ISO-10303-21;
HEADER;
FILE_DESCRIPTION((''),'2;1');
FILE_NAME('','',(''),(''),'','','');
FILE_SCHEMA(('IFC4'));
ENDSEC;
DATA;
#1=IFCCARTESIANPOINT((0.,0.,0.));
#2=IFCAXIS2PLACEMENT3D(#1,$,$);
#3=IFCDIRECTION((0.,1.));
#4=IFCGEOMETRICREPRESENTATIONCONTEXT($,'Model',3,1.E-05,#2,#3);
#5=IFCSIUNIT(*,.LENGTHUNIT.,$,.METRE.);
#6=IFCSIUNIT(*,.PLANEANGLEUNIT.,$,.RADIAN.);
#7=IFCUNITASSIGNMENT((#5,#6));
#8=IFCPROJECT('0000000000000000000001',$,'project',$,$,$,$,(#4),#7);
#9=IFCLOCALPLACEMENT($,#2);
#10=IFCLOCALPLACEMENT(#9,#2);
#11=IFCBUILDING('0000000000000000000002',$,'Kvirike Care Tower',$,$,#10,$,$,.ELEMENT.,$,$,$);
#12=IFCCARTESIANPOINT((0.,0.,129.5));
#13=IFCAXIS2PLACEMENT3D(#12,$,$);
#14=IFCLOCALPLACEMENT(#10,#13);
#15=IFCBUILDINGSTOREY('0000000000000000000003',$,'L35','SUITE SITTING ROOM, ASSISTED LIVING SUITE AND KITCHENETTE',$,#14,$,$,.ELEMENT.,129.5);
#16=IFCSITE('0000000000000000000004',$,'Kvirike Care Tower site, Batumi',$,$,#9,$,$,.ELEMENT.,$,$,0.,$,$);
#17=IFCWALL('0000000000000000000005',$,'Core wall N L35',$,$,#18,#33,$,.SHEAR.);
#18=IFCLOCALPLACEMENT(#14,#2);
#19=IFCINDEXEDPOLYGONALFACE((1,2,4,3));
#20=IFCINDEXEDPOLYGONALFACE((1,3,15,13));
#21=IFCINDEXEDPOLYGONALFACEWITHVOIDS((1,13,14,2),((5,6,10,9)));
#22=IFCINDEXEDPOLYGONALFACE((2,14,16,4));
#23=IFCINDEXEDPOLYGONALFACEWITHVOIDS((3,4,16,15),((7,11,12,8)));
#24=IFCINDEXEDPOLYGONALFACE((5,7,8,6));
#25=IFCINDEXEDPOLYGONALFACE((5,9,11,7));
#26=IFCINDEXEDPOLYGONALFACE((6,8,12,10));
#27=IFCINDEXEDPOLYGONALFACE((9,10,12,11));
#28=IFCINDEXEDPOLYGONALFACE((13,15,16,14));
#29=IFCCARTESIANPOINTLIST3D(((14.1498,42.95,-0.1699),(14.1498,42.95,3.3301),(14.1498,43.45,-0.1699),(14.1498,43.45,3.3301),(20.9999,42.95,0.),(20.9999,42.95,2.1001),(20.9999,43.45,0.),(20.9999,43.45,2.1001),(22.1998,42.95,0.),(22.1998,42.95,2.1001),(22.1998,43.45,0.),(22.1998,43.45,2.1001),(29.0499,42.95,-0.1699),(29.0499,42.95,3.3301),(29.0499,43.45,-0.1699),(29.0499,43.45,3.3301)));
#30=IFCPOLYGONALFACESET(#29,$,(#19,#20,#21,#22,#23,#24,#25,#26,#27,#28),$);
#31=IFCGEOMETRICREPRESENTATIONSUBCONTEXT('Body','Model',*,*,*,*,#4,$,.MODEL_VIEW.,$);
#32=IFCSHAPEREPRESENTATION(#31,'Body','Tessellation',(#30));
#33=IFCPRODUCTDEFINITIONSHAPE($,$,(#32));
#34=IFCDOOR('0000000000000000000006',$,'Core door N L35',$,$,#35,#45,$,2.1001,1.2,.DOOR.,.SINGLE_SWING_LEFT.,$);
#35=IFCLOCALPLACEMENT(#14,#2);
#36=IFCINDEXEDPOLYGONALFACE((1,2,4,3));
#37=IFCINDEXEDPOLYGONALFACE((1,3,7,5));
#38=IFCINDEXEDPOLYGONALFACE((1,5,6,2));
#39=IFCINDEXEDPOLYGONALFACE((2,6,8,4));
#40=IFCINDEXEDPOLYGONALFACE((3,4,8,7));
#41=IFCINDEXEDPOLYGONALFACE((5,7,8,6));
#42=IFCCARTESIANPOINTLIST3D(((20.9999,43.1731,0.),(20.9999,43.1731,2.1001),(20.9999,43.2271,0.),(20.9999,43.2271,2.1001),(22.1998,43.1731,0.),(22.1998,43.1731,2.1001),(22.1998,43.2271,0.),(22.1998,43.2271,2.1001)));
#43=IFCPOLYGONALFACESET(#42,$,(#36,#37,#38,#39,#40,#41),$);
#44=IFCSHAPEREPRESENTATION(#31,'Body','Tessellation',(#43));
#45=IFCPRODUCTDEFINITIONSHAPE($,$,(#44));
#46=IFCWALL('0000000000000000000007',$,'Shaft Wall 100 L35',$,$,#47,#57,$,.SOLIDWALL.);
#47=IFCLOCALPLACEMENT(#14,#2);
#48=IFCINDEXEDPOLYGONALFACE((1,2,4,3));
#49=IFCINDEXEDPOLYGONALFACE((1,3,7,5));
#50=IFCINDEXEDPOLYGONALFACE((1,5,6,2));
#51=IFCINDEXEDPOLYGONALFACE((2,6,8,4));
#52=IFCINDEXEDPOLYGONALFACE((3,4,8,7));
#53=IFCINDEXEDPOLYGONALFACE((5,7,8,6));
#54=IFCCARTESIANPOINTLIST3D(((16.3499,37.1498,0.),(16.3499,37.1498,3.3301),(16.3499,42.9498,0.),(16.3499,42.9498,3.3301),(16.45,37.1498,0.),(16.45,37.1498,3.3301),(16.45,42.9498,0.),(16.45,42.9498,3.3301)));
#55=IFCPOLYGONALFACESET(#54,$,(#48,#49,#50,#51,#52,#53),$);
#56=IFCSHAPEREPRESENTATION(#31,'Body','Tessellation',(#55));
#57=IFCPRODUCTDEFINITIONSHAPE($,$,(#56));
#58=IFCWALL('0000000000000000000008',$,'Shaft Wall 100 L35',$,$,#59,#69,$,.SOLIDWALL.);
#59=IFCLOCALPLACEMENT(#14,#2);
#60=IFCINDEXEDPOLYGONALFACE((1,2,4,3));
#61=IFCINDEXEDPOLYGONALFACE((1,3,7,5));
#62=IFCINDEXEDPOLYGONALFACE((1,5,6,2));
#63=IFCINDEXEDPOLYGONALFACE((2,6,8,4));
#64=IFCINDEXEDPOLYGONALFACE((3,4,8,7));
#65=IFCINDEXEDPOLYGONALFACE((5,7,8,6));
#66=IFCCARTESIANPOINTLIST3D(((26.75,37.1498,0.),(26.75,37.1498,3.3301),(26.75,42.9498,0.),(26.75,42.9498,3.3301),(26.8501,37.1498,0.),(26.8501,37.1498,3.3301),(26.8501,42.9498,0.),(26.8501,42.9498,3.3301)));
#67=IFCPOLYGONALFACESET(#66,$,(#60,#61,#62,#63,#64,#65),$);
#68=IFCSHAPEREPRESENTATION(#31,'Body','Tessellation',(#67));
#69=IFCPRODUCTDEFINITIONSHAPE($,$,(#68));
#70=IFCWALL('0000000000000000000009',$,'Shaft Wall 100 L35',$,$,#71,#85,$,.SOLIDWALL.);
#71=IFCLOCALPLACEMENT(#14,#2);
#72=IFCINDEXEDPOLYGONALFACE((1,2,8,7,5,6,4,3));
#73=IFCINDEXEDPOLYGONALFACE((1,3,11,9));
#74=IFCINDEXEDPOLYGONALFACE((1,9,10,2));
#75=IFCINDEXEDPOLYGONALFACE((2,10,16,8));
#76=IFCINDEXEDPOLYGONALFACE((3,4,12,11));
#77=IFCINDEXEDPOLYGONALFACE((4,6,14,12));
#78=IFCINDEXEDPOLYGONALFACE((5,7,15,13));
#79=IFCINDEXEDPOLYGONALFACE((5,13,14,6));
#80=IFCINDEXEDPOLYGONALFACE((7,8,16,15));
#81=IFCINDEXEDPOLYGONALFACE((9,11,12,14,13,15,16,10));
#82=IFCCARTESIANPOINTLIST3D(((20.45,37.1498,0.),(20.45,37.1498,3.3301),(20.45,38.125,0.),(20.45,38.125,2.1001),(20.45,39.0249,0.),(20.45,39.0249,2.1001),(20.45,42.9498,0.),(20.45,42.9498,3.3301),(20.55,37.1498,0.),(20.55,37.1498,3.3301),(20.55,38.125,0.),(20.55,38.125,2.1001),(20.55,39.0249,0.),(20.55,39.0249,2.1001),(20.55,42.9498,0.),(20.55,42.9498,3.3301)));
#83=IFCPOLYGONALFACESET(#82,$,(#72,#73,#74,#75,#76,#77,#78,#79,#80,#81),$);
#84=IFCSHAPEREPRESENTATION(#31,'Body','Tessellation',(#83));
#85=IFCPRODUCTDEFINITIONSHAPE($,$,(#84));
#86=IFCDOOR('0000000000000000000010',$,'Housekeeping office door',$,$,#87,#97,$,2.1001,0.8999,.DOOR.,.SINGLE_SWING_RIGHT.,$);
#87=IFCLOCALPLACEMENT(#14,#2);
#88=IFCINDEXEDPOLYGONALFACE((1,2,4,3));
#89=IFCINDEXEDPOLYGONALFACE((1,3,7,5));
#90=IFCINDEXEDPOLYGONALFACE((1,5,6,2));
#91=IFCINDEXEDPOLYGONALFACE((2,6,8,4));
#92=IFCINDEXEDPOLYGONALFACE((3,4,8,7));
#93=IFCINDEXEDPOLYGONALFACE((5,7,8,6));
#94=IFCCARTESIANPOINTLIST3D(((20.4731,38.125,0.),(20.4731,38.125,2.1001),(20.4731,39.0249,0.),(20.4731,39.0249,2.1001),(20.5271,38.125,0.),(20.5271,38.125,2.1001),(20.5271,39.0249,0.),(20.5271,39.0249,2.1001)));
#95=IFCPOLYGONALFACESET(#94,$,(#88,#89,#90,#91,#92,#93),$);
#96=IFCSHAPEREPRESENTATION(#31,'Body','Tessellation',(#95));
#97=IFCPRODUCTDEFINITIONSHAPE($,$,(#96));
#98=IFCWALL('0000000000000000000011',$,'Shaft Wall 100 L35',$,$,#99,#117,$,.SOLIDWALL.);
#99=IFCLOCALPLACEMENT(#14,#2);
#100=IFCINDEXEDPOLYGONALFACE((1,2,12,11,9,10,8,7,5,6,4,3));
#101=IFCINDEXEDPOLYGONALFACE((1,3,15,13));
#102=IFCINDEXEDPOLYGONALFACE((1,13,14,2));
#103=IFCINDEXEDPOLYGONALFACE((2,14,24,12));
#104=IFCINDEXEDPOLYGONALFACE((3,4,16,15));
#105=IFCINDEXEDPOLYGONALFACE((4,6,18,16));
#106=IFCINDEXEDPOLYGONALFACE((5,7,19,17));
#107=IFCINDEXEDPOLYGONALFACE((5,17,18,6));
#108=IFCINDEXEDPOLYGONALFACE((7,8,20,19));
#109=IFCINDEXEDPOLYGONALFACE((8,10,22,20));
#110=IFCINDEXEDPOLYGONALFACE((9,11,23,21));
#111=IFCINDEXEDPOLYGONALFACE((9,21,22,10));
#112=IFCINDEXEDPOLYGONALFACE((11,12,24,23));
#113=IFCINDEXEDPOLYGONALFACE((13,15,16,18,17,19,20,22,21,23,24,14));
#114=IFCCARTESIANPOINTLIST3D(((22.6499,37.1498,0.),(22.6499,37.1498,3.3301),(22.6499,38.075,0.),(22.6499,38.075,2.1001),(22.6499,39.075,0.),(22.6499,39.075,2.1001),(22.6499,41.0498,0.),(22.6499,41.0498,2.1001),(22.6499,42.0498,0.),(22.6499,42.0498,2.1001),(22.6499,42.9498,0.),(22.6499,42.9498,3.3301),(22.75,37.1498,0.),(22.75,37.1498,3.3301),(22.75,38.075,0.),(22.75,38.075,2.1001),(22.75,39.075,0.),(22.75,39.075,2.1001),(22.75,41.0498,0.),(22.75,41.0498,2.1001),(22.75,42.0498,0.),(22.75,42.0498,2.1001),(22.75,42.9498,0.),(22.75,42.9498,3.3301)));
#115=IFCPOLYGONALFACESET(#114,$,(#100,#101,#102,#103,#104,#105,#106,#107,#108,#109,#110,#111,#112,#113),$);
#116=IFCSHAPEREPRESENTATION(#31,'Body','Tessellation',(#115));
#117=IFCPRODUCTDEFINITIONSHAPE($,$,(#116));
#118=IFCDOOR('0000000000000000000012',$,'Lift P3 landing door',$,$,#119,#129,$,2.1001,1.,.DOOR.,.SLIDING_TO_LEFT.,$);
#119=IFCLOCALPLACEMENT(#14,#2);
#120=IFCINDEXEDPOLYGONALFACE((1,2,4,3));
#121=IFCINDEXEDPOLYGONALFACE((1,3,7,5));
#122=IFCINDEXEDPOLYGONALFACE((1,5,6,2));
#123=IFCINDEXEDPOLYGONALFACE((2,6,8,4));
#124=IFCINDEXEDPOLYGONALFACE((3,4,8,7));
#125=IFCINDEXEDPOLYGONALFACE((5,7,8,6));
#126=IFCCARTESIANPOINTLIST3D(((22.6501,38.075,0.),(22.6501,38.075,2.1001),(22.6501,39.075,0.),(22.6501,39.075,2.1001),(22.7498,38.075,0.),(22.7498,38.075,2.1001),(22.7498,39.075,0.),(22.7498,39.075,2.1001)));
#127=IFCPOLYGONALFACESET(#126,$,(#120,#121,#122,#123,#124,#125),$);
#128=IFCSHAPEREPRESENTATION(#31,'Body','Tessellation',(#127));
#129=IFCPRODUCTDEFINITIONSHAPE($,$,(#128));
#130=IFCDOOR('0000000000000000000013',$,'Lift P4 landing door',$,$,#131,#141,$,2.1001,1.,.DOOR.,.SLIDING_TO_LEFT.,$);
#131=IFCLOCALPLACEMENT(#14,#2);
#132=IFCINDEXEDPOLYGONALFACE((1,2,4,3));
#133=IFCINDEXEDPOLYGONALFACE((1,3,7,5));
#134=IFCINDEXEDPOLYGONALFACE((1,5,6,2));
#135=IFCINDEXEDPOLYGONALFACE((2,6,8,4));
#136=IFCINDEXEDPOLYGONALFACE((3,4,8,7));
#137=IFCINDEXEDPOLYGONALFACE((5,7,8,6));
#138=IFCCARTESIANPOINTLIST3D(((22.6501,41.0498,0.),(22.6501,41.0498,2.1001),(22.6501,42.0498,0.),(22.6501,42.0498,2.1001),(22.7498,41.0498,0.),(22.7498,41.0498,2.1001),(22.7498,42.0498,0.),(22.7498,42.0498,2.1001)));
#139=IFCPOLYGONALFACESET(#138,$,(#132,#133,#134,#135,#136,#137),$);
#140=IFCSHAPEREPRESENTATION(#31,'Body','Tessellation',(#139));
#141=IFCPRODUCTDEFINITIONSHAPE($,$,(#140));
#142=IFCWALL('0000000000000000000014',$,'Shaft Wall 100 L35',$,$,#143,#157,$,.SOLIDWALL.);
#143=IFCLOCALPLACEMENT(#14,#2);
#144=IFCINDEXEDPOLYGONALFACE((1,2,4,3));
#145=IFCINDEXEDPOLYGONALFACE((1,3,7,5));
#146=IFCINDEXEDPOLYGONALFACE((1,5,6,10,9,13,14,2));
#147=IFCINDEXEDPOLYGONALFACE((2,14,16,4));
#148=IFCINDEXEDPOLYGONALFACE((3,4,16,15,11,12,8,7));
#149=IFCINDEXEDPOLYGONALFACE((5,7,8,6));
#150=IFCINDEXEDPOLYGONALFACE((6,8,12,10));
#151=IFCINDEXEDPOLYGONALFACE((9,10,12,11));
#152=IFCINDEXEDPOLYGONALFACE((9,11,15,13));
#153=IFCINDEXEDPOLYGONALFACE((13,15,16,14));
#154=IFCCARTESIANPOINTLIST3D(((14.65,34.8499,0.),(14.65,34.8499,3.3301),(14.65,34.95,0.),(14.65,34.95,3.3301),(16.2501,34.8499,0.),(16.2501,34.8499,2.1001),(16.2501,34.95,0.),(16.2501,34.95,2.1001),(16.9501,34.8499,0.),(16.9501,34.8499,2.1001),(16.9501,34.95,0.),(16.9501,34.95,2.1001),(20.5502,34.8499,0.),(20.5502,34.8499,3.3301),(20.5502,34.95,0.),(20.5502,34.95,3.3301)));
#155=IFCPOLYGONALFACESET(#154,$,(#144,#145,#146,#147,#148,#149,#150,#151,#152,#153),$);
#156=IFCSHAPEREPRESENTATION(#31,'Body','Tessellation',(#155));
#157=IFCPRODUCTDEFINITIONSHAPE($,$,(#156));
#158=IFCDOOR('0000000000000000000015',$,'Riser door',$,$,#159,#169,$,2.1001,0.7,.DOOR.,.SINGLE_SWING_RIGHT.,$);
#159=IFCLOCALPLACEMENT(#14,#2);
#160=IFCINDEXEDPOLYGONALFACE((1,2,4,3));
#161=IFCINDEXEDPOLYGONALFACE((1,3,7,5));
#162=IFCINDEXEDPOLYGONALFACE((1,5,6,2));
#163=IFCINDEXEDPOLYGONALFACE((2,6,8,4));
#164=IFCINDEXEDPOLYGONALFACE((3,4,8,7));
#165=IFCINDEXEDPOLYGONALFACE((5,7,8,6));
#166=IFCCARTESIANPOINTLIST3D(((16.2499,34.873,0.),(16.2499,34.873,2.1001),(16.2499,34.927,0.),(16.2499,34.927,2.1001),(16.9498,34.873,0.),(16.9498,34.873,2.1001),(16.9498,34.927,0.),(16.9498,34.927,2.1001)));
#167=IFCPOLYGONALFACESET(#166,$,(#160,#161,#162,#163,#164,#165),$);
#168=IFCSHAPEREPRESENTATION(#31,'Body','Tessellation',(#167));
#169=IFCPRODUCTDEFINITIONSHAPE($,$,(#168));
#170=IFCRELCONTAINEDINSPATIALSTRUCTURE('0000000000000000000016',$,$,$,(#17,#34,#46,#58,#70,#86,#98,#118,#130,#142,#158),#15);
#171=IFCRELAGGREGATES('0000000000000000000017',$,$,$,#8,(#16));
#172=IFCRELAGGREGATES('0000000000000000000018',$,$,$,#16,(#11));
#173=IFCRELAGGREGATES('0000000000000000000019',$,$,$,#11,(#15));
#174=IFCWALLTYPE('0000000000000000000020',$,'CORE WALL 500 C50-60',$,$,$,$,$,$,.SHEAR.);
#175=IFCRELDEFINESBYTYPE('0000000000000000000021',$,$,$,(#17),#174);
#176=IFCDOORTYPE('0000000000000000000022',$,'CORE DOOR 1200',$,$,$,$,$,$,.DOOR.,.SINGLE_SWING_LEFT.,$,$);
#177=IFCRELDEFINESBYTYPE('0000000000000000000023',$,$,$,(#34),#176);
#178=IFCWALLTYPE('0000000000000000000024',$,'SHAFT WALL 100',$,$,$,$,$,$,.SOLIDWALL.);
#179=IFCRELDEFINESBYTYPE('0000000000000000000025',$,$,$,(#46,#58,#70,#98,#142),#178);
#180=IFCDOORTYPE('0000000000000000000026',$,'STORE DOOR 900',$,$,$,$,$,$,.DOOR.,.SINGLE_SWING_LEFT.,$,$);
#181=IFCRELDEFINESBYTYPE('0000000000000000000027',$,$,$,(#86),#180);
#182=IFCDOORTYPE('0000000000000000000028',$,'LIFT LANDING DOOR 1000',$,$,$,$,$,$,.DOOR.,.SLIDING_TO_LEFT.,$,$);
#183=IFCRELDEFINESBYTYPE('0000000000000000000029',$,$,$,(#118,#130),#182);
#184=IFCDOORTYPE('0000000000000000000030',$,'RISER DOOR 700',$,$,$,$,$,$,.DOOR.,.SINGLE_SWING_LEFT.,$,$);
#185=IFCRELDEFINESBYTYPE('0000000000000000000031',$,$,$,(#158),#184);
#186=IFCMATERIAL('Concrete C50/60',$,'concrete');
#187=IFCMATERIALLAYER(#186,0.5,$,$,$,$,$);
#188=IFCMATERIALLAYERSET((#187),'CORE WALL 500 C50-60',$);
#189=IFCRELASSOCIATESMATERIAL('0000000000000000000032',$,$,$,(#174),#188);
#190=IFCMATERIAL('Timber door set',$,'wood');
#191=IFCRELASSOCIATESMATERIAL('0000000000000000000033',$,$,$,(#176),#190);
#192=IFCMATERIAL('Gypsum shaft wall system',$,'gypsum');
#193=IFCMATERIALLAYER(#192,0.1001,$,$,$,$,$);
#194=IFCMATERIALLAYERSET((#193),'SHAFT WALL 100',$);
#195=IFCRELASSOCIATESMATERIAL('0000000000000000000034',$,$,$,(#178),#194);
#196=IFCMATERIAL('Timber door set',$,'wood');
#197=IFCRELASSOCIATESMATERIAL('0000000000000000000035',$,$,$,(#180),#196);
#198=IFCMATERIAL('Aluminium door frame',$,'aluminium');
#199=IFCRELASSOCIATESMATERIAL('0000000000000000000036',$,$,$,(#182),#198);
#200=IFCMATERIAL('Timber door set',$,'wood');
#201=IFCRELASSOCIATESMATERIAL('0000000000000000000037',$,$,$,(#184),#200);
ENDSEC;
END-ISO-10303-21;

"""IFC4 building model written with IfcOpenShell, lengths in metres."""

from ifc_helpers import new_model, si_unit, direction, frame, frame_2d, origin, place, context, subcontext, project, spatial, rectangle, extrude, material, layer, layer_set, type_object, element, fill, save


model = new_model("IFC4")

# Units and contexts
model_context = context("Model", 3, precision=1e-05, world=origin(), true_north=direction((0.0, 1.0)))
body_context = subcontext(model_context, "Body", "Model", "MODEL_VIEW")
ifc_project = project(units=[si_unit("LENGTHUNIT", "METRE"), si_unit("PLANEANGLEUNIT", "RADIAN")], contexts=[model_context])

# Site, building, storey
site_placement = place(None, origin())
site = spatial("IfcSite", under=ifc_project, at=site_placement, Name="Kvirike Care Tower site, Batumi", CompositionType="ELEMENT", RefElevation=0.0)
building_placement = place(site_placement, origin())
building = spatial("IfcBuilding", under=site, at=building_placement, Name="Kvirike Care Tower", CompositionType="ELEMENT")
storey_placement = place(building_placement, frame((0.0, 0.0, 129.5)))
storey = spatial("IfcBuildingStorey", under=building, at=storey_placement, Name="L35", Description="SUITE SITTING ROOM, ASSISTED LIVING SUITE AND KITCHENETTE", CompositionType="ELEMENT", Elevation=129.5)

# Wall, opening, door
ifc_material_1 = material(Name="Concrete C50/60", Category="concrete")
ifc_layer_1 = layer(ifc_material_1, 0.5)
ifc_layer_set_1 = layer_set([ifc_layer_1], Name="CORE WALL 500 C50-60")
wall_type_1 = type_object("IfcWallType", Name="CORE WALL 500 C50-60", PredefinedType="SHEAR", material=ifc_layer_set_1)
wall_1_placement = place(storey_placement, frame((29.05, 43.2, -0.1699), z_axis=(0.0, 0.0, 1.0), x_axis=(-1.0, 0.0, 0.0)))
wall_1 = element("IfcWall", 1, at=wall_1_placement, inside=storey, type_object=wall_type_1, Name="Core wall N L35", PredefinedType="SHEAR", context=body_context, shape_type="SweptSolid", body=[
    extrude(rectangle(XDim=14.9001, YDim=0.5, at=frame_2d((7.4502, 0.0))), origin(), (0.0, 0.0, 1.0), 3.5),
])
opening_1_placement = place(wall_1_placement, frame((6.8501, 0.0, 0.1699)))
opening_1 = element("IfcOpeningElement", 2, at=opening_1_placement, cuts=wall_1, PredefinedType="OPENING", context=body_context, shape_type="SweptSolid", body=[
    extrude(rectangle(XDim=1.2, YDim=2.1001, at=frame_2d((0.6001, 1.05))), frame((0.0, 0.2605, 0.0), z_axis=(0.0, -1.0, 0.0), x_axis=(1.0, 0.0, 0.0)), (0.0, 0.0, 1.0), 0.521),
])
ifc_material_2 = material(Name="Timber door set", Category="wood")
door_type_1 = type_object("IfcDoorType", Name="CORE DOOR 1200", OperationType="SINGLE_SWING_LEFT", PredefinedType="DOOR", material=ifc_material_2)
door_1_placement = place(opening_1_placement, origin())
door_1 = element("IfcDoor", 3, at=door_1_placement, inside=storey, type_object=door_type_1, Name="Core door N L35", OperationType="SINGLE_SWING_LEFT", OverallHeight=2.1001, OverallWidth=1.2, PredefinedType="DOOR", context=body_context, shape_type="SweptSolid", body=[
    extrude(rectangle(XDim=1.2, YDim=2.1001, at=frame_2d((0.6001, 1.05))), frame((0.0, 0.0269, 0.0), z_axis=(0.0, -1.0, 0.0), x_axis=(1.0, 0.0, 0.0)), (0.0, 0.0, 1.0), 0.054),
])
fill(opening_1, door_1)

# Walls
ifc_material_3 = material(Name="Gypsum shaft wall system", Category="gypsum")
ifc_layer_2 = layer(ifc_material_3, 0.1001)
ifc_layer_set_2 = layer_set([ifc_layer_2], Name="SHAFT WALL 100")
wall_type_2 = type_object("IfcWallType", Name="SHAFT WALL 100", PredefinedType="SOLIDWALL", material=ifc_layer_set_2)
for number, where, z_axis, x_axis, name in (
    (4, (16.3999, 37.1499, 0.0), (0.0, 0.0, 1.0), (0.0, 1.0, 0.0), "Shaft Wall 100 L35"),
    (5, (26.8, 37.1499, 0.0), (0.0, 0.0, 1.0), (0.0, 1.0, 0.0), "Shaft Wall 100 L35"),
):
    element("IfcWall", number, at=place(storey_placement, frame(where, z_axis=z_axis, x_axis=x_axis)), inside=storey, type_object=wall_type_2, Name=name, PredefinedType="SOLIDWALL", context=body_context, shape_type="SweptSolid", body=[
        extrude(rectangle(XDim=5.8, YDim=0.1001, at=frame_2d((2.8999, 0.0))), origin(), (0.0, 0.0, 1.0), 3.3301),
    ])

# Wall, opening, door
wall_2_placement = place(storey_placement, frame((20.5, 37.1499, 0.0), z_axis=(0.0, 0.0, 1.0), x_axis=(0.0, 1.0, 0.0)))
wall_2 = element("IfcWall", 6, at=wall_2_placement, inside=storey, type_object=wall_type_2, Name="Shaft Wall 100 L35", PredefinedType="SOLIDWALL", context=body_context, shape_type="SweptSolid", body=[
    extrude(rectangle(XDim=5.8, YDim=0.1001, at=frame_2d((2.8999, 0.0))), origin(), (0.0, 0.0, 1.0), 3.3301),
])
opening_2_placement = place(wall_2_placement, frame((0.9751, 0.0, 0.0)))
opening_2 = element("IfcOpeningElement", 7, at=opening_2_placement, cuts=wall_2, PredefinedType="OPENING", context=body_context, shape_type="SweptSolid", body=[
    extrude(rectangle(XDim=0.8999, YDim=2.1001, at=frame_2d((0.45, 1.05))), frame((0.0, 0.0605, 0.0), z_axis=(0.0, -1.0, 0.0), x_axis=(1.0, 0.0, 0.0)), (0.0, 0.0, 1.0), 0.1211),
])
ifc_material_4 = material(Name="Timber door set", Category="wood")
door_type_2 = type_object("IfcDoorType", Name="STORE DOOR 900", OperationType="SINGLE_SWING_LEFT", PredefinedType="DOOR", material=ifc_material_4)
door_2_placement = place(opening_2_placement, origin())
door_2 = element("IfcDoor", 8, at=door_2_placement, inside=storey, type_object=door_type_2, Name="Housekeeping office door", OperationType="SINGLE_SWING_RIGHT", OverallHeight=2.1001, OverallWidth=0.8999, PredefinedType="DOOR", context=body_context, shape_type="SweptSolid", body=[
    extrude(rectangle(XDim=0.8999, YDim=2.1001, at=frame_2d((0.45, 1.05))), frame((0.0, 0.0269, 0.0), z_axis=(0.0, -1.0, 0.0), x_axis=(1.0, 0.0, 0.0)), (0.0, 0.0, 1.0), 0.054),
])
fill(opening_2, door_2)

# Wall, openings, doors
wall_3_placement = place(storey_placement, frame((22.7, 37.1499, 0.0), z_axis=(0.0, 0.0, 1.0), x_axis=(0.0, 1.0, 0.0)))
wall_3 = element("IfcWall", 9, at=wall_3_placement, inside=storey, type_object=wall_type_2, Name="Shaft Wall 100 L35", PredefinedType="SOLIDWALL", context=body_context, shape_type="SweptSolid", body=[
    extrude(rectangle(XDim=5.8, YDim=0.1001, at=frame_2d((2.8999, 0.0))), origin(), (0.0, 0.0, 1.0), 3.3301),
])
opening_3_placement = place(wall_3_placement, frame((0.925, 0.0, 0.0)))
opening_3 = element("IfcOpeningElement", 10, at=opening_3_placement, cuts=wall_3, PredefinedType="OPENING", context=body_context, shape_type="SweptSolid", body=[
    extrude(rectangle(XDim=1.0, YDim=2.1001, at=frame_2d((0.5, 1.05))), frame((0.0, 0.0605, 0.0), z_axis=(0.0, -1.0, 0.0), x_axis=(1.0, 0.0, 0.0)), (0.0, 0.0, 1.0), 0.1211),
])
opening_4_placement = place(wall_3_placement, frame((3.8999, 0.0, 0.0)))
opening_4 = element("IfcOpeningElement", 11, at=opening_4_placement, cuts=wall_3, PredefinedType="OPENING", context=body_context, shape_type="SweptSolid", body=[
    extrude(rectangle(XDim=1.0, YDim=2.1001, at=frame_2d((0.5, 1.05))), frame((0.0, 0.0605, 0.0), z_axis=(0.0, -1.0, 0.0), x_axis=(1.0, 0.0, 0.0)), (0.0, 0.0, 1.0), 0.1211),
])
ifc_material_5 = material(Name="Aluminium door frame", Category="aluminium")
door_type_3 = type_object("IfcDoorType", Name="LIFT LANDING DOOR 1000", OperationType="SLIDING_TO_LEFT", PredefinedType="DOOR", material=ifc_material_5)
door_3_placement = place(opening_3_placement, origin())
door_3 = element("IfcDoor", 12, at=door_3_placement, inside=storey, type_object=door_type_3, Name="Lift P3 landing door", OperationType="SLIDING_TO_LEFT", OverallHeight=2.1001, OverallWidth=1.0, PredefinedType="DOOR", context=body_context, shape_type="SweptSolid", body=[
    extrude(rectangle(XDim=1.0, YDim=2.1001, at=frame_2d((0.5, 1.05))), frame((0.0, 0.0498, 0.0), z_axis=(0.0, -1.0, 0.0), x_axis=(1.0, 0.0, 0.0)), (0.0, 0.0, 1.0), 0.0996),
])
fill(opening_3, door_3)
door_4_placement = place(opening_4_placement, origin())
door_4 = element("IfcDoor", 13, at=door_4_placement, inside=storey, type_object=door_type_3, Name="Lift P4 landing door", OperationType="SLIDING_TO_LEFT", OverallHeight=2.1001, OverallWidth=1.0, PredefinedType="DOOR", context=body_context, shape_type="SweptSolid", body=[
    extrude(rectangle(XDim=1.0, YDim=2.1001, at=frame_2d((0.5, 1.05))), frame((0.0, 0.0498, 0.0), z_axis=(0.0, -1.0, 0.0), x_axis=(1.0, 0.0, 0.0)), (0.0, 0.0, 1.0), 0.0996),
])
fill(opening_4, door_4)

# Wall, opening, door
wall_4_placement = place(storey_placement, frame((14.6499, 34.8999, 0.0), z_axis=(0.0, 0.0, 1.0), x_axis=(1.0, 0.0, 0.0)))
wall_4 = element("IfcWall", 14, at=wall_4_placement, inside=storey, type_object=wall_type_2, Name="Shaft Wall 100 L35", PredefinedType="SOLIDWALL", context=body_context, shape_type="SweptSolid", body=[
    extrude(rectangle(XDim=5.9001, YDim=0.1001, at=frame_2d((2.9502, 0.0))), origin(), (0.0, 0.0, 1.0), 3.3301),
])
opening_5_placement = place(wall_4_placement, frame((1.6001, 0.0, 0.0)))
opening_5 = element("IfcOpeningElement", 15, at=opening_5_placement, cuts=wall_4, PredefinedType="OPENING", context=body_context, shape_type="SweptSolid", body=[
    extrude(rectangle(XDim=0.7, YDim=2.1001, at=frame_2d((0.3501, 1.05))), frame((0.0, 0.0605, 0.0), z_axis=(0.0, -1.0, 0.0), x_axis=(1.0, 0.0, 0.0)), (0.0, 0.0, 1.0), 0.1211),
])
ifc_material_6 = material(Name="Timber door set", Category="wood")
door_type_4 = type_object("IfcDoorType", Name="RISER DOOR 700", OperationType="SINGLE_SWING_LEFT", PredefinedType="DOOR", material=ifc_material_6)
door_5_placement = place(opening_5_placement, frame((0.7, 0.0, 0.0), z_axis=(0.0, 0.0, 1.0), x_axis=(-1.0, 0.0, 0.0)))
door_5 = element("IfcDoor", 16, at=door_5_placement, inside=storey, type_object=door_type_4, Name="Riser door", OperationType="SINGLE_SWING_RIGHT", OverallHeight=2.1001, OverallWidth=0.7, PredefinedType="DOOR", context=body_context, shape_type="SweptSolid", body=[
    extrude(rectangle(XDim=0.7, YDim=2.1001, at=frame_2d((0.3501, 1.05))), frame((0.0, 0.0269, 0.0), z_axis=(0.0, -1.0, 0.0), x_axis=(1.0, 0.0, 0.0)), (0.0, 0.0, 1.0), 0.054),
])
fill(opening_5, door_5)

save(model, "model.ifc")
